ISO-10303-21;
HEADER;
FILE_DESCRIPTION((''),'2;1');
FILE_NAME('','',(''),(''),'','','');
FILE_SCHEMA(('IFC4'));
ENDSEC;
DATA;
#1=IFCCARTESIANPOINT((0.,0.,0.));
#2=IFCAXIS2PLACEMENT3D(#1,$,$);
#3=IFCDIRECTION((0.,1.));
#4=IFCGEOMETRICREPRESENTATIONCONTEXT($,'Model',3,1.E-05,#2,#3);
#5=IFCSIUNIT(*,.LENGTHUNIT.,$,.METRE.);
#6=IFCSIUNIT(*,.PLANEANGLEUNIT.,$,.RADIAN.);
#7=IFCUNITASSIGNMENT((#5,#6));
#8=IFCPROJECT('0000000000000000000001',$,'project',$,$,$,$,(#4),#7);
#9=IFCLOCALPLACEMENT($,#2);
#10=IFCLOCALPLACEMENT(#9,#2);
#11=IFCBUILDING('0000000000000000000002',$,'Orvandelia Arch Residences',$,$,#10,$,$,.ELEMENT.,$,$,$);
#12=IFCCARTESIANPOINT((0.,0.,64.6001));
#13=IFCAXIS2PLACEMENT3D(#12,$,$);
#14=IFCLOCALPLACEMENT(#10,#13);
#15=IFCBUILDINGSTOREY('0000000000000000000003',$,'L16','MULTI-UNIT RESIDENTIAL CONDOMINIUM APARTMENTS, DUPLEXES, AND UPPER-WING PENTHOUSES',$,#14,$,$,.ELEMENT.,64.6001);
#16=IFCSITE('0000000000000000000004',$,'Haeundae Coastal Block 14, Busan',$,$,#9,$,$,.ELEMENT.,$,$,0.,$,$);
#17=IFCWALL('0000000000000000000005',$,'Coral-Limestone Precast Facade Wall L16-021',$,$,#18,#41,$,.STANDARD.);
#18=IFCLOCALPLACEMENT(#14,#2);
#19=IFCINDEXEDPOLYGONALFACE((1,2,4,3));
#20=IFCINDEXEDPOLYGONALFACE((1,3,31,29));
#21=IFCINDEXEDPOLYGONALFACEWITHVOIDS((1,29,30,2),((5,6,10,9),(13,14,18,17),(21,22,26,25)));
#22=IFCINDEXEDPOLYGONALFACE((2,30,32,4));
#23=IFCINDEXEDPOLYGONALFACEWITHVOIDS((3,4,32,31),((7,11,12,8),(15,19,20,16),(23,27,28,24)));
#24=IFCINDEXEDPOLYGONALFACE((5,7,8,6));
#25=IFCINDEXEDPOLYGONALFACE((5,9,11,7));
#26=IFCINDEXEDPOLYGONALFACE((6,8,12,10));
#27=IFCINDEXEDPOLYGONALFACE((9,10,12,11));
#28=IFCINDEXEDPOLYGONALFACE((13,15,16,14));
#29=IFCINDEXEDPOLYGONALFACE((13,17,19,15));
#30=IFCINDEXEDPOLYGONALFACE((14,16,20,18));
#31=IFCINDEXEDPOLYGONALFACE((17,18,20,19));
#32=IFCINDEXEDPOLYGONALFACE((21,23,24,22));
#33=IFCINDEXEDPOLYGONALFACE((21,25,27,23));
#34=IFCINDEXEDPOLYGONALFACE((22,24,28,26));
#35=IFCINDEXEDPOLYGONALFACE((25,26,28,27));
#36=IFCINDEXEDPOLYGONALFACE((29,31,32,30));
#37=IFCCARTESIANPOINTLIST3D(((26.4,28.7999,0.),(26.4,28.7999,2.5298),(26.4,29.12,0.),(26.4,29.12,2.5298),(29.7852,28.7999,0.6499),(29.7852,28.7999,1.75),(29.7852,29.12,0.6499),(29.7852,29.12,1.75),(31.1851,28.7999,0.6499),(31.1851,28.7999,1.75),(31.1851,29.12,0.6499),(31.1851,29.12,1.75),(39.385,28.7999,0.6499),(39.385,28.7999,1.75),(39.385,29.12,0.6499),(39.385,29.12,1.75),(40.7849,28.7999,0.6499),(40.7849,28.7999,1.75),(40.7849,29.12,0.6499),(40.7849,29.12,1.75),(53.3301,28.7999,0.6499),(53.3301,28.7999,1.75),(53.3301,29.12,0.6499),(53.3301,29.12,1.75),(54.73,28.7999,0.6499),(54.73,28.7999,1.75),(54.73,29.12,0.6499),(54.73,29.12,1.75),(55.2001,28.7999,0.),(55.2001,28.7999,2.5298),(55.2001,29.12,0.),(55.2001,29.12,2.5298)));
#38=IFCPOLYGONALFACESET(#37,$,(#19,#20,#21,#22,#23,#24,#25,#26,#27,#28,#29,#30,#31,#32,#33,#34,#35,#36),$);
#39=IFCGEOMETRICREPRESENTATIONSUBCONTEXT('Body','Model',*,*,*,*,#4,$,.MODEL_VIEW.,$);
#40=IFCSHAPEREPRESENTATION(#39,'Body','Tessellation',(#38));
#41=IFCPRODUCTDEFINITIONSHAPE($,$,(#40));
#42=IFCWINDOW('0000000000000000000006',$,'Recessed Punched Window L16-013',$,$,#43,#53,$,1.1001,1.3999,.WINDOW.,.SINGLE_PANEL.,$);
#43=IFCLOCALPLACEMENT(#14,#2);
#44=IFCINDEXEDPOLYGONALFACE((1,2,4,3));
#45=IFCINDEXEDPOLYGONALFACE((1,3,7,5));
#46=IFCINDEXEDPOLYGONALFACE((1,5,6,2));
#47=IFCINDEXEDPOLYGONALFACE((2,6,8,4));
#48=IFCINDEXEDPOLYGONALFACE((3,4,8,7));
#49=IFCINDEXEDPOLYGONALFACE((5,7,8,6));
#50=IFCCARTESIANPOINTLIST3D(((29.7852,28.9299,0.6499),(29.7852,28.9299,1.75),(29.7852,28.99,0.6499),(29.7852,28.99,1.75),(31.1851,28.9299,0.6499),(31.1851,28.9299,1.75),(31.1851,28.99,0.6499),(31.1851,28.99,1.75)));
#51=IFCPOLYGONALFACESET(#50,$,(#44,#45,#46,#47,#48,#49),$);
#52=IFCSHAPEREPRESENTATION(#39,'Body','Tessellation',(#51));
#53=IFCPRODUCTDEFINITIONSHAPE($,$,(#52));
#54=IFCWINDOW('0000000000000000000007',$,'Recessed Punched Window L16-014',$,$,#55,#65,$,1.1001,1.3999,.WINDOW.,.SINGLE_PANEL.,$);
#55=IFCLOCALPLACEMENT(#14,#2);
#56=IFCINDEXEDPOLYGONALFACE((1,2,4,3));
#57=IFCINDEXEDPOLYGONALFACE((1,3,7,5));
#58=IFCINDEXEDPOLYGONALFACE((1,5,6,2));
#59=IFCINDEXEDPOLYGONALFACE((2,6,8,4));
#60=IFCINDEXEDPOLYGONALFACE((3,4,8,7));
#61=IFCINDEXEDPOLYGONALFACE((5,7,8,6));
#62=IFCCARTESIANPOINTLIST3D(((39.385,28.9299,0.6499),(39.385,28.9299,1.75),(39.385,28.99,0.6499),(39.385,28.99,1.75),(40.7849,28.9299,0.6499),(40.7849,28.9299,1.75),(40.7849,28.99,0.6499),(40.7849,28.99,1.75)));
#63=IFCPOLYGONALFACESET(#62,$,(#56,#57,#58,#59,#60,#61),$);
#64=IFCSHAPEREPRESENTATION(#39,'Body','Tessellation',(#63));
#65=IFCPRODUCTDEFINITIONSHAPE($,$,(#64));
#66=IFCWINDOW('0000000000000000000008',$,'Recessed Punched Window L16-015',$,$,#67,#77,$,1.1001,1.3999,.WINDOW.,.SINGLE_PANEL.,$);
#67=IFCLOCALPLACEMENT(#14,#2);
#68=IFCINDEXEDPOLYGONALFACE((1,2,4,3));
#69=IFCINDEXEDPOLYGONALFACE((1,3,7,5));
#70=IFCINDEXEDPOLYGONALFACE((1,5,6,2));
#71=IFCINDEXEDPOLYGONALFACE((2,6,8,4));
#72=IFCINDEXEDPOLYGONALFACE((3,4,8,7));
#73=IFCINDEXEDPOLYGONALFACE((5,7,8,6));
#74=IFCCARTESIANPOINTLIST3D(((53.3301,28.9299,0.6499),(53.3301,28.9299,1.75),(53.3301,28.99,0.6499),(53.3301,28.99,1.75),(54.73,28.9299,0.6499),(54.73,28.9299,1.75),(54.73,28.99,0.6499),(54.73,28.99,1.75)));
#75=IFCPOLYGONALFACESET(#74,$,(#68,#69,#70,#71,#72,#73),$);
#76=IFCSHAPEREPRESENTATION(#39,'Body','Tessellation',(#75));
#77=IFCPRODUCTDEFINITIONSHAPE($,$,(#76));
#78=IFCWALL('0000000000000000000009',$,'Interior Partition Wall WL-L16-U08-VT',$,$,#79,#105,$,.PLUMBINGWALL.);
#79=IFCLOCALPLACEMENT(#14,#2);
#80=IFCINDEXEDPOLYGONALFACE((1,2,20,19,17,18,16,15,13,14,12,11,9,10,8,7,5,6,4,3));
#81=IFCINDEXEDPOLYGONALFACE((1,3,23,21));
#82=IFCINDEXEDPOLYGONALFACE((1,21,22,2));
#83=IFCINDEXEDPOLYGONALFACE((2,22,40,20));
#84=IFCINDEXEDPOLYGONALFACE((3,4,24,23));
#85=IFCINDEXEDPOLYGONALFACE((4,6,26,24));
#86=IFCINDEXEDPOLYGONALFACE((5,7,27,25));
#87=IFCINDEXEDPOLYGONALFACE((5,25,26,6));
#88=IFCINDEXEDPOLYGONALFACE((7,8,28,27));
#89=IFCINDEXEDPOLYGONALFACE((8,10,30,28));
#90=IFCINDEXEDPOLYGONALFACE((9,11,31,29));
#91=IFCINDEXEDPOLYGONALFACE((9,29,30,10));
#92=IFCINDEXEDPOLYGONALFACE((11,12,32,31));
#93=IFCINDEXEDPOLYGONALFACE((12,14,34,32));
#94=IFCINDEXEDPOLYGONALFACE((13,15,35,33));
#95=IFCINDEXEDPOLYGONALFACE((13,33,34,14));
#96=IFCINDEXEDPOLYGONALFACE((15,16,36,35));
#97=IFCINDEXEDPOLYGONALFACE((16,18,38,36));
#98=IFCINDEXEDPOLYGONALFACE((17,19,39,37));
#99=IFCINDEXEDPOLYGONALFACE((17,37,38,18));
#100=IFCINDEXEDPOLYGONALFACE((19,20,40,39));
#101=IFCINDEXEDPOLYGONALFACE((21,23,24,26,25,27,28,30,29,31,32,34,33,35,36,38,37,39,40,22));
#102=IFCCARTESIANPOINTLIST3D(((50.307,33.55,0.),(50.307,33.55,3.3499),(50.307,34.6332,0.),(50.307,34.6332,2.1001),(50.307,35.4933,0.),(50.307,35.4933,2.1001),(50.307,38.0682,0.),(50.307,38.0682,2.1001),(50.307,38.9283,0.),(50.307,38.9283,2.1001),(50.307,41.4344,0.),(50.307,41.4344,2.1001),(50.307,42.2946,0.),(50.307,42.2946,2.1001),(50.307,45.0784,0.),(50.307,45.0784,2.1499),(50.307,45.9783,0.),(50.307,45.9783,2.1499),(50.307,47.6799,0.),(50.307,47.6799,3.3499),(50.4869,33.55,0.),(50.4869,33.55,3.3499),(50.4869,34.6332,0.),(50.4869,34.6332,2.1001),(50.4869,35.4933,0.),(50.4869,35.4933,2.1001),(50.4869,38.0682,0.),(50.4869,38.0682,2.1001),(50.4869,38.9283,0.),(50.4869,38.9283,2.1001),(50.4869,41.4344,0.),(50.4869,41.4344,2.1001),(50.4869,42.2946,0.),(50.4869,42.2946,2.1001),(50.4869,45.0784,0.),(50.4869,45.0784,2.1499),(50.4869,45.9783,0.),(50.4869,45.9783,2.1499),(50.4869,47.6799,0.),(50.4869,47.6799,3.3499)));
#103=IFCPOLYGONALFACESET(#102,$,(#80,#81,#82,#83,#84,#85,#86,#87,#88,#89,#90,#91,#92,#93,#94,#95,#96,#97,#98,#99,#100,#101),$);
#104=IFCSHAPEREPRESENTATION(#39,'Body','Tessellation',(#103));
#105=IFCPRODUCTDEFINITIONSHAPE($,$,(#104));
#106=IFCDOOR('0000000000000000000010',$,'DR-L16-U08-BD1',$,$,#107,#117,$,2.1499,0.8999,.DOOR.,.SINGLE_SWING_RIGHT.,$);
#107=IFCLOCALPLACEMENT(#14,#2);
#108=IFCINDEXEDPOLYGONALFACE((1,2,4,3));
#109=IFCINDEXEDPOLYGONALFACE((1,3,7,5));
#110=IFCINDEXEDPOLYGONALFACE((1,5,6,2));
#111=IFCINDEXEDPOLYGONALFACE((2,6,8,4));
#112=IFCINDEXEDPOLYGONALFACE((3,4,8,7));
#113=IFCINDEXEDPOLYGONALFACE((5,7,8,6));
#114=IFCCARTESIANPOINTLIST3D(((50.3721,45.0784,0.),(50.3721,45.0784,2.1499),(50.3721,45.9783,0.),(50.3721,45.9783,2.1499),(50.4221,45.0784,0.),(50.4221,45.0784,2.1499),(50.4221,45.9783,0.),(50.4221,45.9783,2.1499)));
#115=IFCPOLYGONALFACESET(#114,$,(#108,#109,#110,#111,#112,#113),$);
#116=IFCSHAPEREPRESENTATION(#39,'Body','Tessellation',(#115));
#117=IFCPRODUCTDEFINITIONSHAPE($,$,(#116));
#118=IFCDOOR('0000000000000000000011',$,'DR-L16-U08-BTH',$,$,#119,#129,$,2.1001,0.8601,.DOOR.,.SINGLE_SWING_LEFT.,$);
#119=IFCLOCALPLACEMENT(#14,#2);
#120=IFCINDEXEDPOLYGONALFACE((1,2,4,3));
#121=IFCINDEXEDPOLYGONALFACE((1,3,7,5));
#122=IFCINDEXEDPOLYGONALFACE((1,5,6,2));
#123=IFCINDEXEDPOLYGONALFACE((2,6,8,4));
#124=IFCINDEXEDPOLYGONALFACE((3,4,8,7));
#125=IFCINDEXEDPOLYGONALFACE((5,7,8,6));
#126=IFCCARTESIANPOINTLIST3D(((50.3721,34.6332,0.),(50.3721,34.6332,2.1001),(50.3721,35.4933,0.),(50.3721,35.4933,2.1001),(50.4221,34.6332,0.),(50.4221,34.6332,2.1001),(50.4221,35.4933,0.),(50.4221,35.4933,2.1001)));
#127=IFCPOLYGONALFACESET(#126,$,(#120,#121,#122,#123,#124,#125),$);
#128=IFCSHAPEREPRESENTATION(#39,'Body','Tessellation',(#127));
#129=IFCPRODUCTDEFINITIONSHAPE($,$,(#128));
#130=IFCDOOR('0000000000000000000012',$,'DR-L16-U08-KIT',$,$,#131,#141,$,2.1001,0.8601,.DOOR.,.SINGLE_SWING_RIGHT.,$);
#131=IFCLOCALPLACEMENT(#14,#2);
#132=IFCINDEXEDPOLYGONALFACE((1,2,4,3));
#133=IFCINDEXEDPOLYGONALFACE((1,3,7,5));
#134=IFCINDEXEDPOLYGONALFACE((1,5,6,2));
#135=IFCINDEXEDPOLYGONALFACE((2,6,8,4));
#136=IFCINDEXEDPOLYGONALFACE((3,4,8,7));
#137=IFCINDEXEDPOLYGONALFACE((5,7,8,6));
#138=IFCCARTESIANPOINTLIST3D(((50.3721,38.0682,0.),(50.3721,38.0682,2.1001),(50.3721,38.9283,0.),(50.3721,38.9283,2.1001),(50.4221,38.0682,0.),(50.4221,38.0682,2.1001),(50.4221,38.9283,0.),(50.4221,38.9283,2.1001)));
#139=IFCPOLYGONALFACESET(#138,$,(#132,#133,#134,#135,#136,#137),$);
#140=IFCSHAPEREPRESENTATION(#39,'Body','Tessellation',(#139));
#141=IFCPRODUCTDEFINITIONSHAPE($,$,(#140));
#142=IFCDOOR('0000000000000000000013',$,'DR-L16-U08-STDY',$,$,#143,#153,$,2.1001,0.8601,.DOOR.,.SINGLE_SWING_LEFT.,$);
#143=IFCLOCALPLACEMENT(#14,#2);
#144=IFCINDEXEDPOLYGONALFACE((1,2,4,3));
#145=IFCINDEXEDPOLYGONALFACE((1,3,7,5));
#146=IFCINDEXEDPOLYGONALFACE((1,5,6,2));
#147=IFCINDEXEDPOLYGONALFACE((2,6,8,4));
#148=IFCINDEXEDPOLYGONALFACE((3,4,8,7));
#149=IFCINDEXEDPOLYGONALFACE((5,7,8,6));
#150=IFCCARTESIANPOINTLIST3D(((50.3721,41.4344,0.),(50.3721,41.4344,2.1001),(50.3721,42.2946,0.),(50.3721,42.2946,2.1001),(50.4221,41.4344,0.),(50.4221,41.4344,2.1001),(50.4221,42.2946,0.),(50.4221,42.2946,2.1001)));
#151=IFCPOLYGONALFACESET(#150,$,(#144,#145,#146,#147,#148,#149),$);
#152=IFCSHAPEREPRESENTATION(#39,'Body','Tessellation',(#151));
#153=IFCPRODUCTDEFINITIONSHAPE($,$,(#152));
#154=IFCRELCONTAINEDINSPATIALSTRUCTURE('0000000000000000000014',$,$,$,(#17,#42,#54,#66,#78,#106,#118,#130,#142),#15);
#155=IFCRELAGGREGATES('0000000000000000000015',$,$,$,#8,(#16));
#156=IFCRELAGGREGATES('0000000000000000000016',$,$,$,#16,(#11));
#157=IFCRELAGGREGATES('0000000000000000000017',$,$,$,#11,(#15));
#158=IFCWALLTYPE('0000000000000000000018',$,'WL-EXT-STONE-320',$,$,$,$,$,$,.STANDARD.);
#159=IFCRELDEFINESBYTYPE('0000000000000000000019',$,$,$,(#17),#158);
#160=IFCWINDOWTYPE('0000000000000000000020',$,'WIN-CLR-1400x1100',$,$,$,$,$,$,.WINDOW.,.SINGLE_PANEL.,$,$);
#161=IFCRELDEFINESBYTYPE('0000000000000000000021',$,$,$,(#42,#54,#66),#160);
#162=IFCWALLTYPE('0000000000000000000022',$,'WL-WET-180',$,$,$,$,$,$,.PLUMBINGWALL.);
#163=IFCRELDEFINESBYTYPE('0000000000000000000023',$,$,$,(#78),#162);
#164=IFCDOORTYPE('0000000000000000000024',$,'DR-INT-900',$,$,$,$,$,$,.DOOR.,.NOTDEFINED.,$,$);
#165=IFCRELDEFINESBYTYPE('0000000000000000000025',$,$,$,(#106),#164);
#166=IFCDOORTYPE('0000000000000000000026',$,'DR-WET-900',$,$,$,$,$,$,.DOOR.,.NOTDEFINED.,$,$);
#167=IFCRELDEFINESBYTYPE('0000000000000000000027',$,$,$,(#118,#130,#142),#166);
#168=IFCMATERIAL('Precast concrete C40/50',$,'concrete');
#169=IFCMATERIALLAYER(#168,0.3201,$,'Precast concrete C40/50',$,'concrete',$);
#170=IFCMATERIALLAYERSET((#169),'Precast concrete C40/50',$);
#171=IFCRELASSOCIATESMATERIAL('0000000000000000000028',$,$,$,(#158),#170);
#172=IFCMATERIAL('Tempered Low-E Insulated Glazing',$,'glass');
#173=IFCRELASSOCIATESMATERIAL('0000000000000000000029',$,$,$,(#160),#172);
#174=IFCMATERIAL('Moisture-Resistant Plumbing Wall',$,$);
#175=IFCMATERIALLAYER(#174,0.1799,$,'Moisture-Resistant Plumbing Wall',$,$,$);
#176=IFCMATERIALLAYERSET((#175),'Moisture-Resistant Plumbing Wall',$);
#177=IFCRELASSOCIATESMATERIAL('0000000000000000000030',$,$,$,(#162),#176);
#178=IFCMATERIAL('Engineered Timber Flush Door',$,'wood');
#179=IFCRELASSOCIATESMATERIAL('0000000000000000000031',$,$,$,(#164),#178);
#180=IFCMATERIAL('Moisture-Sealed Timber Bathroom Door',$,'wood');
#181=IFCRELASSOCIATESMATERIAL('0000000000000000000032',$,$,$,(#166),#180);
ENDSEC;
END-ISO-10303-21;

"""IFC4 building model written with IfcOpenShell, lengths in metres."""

from ifc_helpers import new_model, si_unit, direction, frame, frame_2d, origin, place, context, subcontext, project, spatial, rectangle, extrude, material, layer, layer_set, type_object, element, fill, save


model = new_model("IFC4")

# Units and contexts
model_context = context("Model", 3, precision=1e-05, world=origin(), true_north=direction((0.0, 1.0)))
body_context = subcontext(model_context, "Body", "Model", "MODEL_VIEW")
ifc_project = project(units=[si_unit("LENGTHUNIT", "METRE"), si_unit("PLANEANGLEUNIT", "RADIAN")], contexts=[model_context])

# Site, building, storey
site_placement = place(None, origin())
site = spatial("IfcSite", under=ifc_project, at=site_placement, Name="Haeundae Coastal Block 14, Busan", CompositionType="ELEMENT", RefElevation=0.0)
building_placement = place(site_placement, origin())
building = spatial("IfcBuilding", under=site, at=building_placement, Name="Orvandelia Arch Residences", CompositionType="ELEMENT")
storey_placement = place(building_placement, frame((0.0, 0.0, 64.6001)))
storey = spatial("IfcBuildingStorey", under=building, at=storey_placement, Name="L16", Description="MULTI-UNIT RESIDENTIAL CONDOMINIUM APARTMENTS, DUPLEXES, AND UPPER-WING PENTHOUSES", CompositionType="ELEMENT", Elevation=64.6001)

# Shared definitions
ifc_material_1 = material(Name="Precast concrete C40/50", Category="concrete")
ifc_layer_1 = layer(ifc_material_1, 0.3201, Name="Precast concrete C40/50", Category="concrete")
ifc_layer_set_1 = layer_set([ifc_layer_1], Name="Precast concrete C40/50")
wall_type_1 = type_object("IfcWallType", Name="WL-EXT-STONE-320", PredefinedType="STANDARD", material=ifc_layer_set_1)

# Wall, openings, windows
wall_1_placement = place(storey_placement, frame((55.2, 28.96, 0.0), z_axis=(0.0, 0.0, 1.0), x_axis=(-1.0, 0.0, 0.0)))
wall_1 = element("IfcWall", 1, at=wall_1_placement, inside=storey, type_object=wall_type_1, Name="Coral-Limestone Precast Facade Wall L16-021", PredefinedType="STANDARD", context=body_context, shape_type="SweptSolid", body=[
    extrude(rectangle(XDim=28.8, YDim=0.3201, at=frame_2d((14.3999, 0.0))), origin(), (0.0, 0.0, 1.0), 2.5298),
])
opening_1_placement = place(wall_1_placement, frame((24.0149, 0.0, 0.6499)))
opening_1 = element("IfcOpeningElement", 2, at=opening_1_placement, cuts=wall_1, PredefinedType="OPENING", context=body_context, shape_type="SweptSolid", body=[
    extrude(rectangle(XDim=1.3999, YDim=1.1001, at=frame_2d((0.7, 0.55))), frame((0.0, 0.1699, 0.0), z_axis=(0.0, -1.0, 0.0), x_axis=(1.0, 0.0, 0.0)), (0.0, 0.0, 1.0), 0.3401),
])
opening_2_placement = place(wall_1_placement, frame((14.415, 0.0, 0.6499)))
opening_2 = element("IfcOpeningElement", 3, at=opening_2_placement, cuts=wall_1, PredefinedType="OPENING", context=body_context, shape_type="SweptSolid", body=[
    extrude(rectangle(XDim=1.3999, YDim=1.1001, at=frame_2d((0.7, 0.55))), frame((0.0, 0.1699, 0.0), z_axis=(0.0, -1.0, 0.0), x_axis=(1.0, 0.0, 0.0)), (0.0, 0.0, 1.0), 0.3401),
])
opening_3_placement = place(wall_1_placement, frame((0.47, 0.0, 0.6499)))
opening_3 = element("IfcOpeningElement", 4, at=opening_3_placement, cuts=wall_1, PredefinedType="OPENING", context=body_context, shape_type="SweptSolid", body=[
    extrude(rectangle(XDim=1.3999, YDim=1.1001, at=frame_2d((0.7, 0.55))), frame((0.0, 0.1699, 0.0), z_axis=(0.0, -1.0, 0.0), x_axis=(1.0, 0.0, 0.0)), (0.0, 0.0, 1.0), 0.3401),
])
ifc_material_2 = material(Name="Tempered Low-E Insulated Glazing", Category="glass")
window_type = type_object("IfcWindowType", Name="WIN-CLR-1400x1100", PartitioningType="SINGLE_PANEL", PredefinedType="WINDOW", material=ifc_material_2)
window_1_placement = place(opening_1_placement, origin())
window_1 = element("IfcWindow", 5, at=window_1_placement, inside=storey, type_object=window_type, Name="Recessed Punched Window L16-013", OverallHeight=1.1001, OverallWidth=1.3999, PartitioningType="SINGLE_PANEL", PredefinedType="WINDOW", context=body_context, shape_type="SweptSolid", body=[
    extrude(rectangle(XDim=1.3999, YDim=1.1001, at=frame_2d((0.7, 0.55))), frame((0.0, 0.03, 0.0), z_axis=(0.0, -1.0, 0.0), x_axis=(1.0, 0.0, 0.0)), (0.0, 0.0, 1.0), 0.0601),
])
fill(opening_1, window_1)
window_2_placement = place(opening_2_placement, origin())
window_2 = element("IfcWindow", 6, at=window_2_placement, inside=storey, type_object=window_type, Name="Recessed Punched Window L16-014", OverallHeight=1.1001, OverallWidth=1.3999, PartitioningType="SINGLE_PANEL", PredefinedType="WINDOW", context=body_context, shape_type="SweptSolid", body=[
    extrude(rectangle(XDim=1.3999, YDim=1.1001, at=frame_2d((0.7, 0.55))), frame((0.0, 0.03, 0.0), z_axis=(0.0, -1.0, 0.0), x_axis=(1.0, 0.0, 0.0)), (0.0, 0.0, 1.0), 0.0601),
])
fill(opening_2, window_2)
window_3_placement = place(opening_3_placement, origin())
window_3 = element("IfcWindow", 7, at=window_3_placement, inside=storey, type_object=window_type, Name="Recessed Punched Window L16-015", OverallHeight=1.1001, OverallWidth=1.3999, PartitioningType="SINGLE_PANEL", PredefinedType="WINDOW", context=body_context, shape_type="SweptSolid", body=[
    extrude(rectangle(XDim=1.3999, YDim=1.1001, at=frame_2d((0.7, 0.55))), frame((0.0, 0.03, 0.0), z_axis=(0.0, -1.0, 0.0), x_axis=(1.0, 0.0, 0.0)), (0.0, 0.0, 1.0), 0.0601),
])
fill(opening_3, window_3)

# Wall, openings, doors
ifc_material_3 = material(Name="Moisture-Resistant Plumbing Wall")
ifc_layer_2 = layer(ifc_material_3, 0.1799, Name="Moisture-Resistant Plumbing Wall")
ifc_layer_set_2 = layer_set([ifc_layer_2], Name="Moisture-Resistant Plumbing Wall")
wall_type_2 = type_object("IfcWallType", Name="WL-WET-180", PredefinedType="PLUMBINGWALL", material=ifc_layer_set_2)
wall_2_placement = place(storey_placement, frame((50.397, 33.55, 0.0), z_axis=(0.0, 0.0, 1.0), x_axis=(0.0, 1.0, 0.0)))
wall_2 = element("IfcWall", 8, at=wall_2_placement, inside=storey, type_object=wall_type_2, Name="Interior Partition Wall WL-L16-U08-VT", PredefinedType="PLUMBINGWALL", context=body_context, shape_type="SweptSolid", body=[
    extrude(rectangle(XDim=14.1299, YDim=0.1799, at=frame_2d((7.0649, 0.0))), origin(), (0.0, 0.0, 1.0), 3.3499),
])
opening_4_placement = place(wall_2_placement, frame((1.083, 0.0, 0.0)))
opening_4 = element("IfcOpeningElement", 9, at=opening_4_placement, cuts=wall_2, PredefinedType="OPENING", context=body_context, shape_type="SweptSolid", body=[
    extrude(rectangle(XDim=0.8601, YDim=2.1001, at=frame_2d((0.4302, 1.05))), frame((0.0, 0.1001, 0.0), z_axis=(0.0, -1.0, 0.0), x_axis=(1.0, 0.0, 0.0)), (0.0, 0.0, 1.0), 0.2),
])
opening_5_placement = place(wall_2_placement, frame((4.5181, 0.0, 0.0)))
opening_5 = element("IfcOpeningElement", 10, at=opening_5_placement, cuts=wall_2, PredefinedType="OPENING", context=body_context, shape_type="SweptSolid", body=[
    extrude(rectangle(XDim=0.8601, YDim=2.1001, at=frame_2d((0.4302, 1.05))), frame((0.0, 0.1001, 0.0), z_axis=(0.0, -1.0, 0.0), x_axis=(1.0, 0.0, 0.0)), (0.0, 0.0, 1.0), 0.2),
])
opening_6_placement = place(wall_2_placement, frame((7.8843, 0.0, 0.0)))
opening_6 = element("IfcOpeningElement", 11, at=opening_6_placement, cuts=wall_2, PredefinedType="OPENING", context=body_context, shape_type="SweptSolid", body=[
    extrude(rectangle(XDim=0.8601, YDim=2.1001, at=frame_2d((0.4302, 1.05))), frame((0.0, 0.1001, 0.0), z_axis=(0.0, -1.0, 0.0), x_axis=(1.0, 0.0, 0.0)), (0.0, 0.0, 1.0), 0.2),
])
opening_7_placement = place(wall_2_placement, frame((11.5283, 0.0, 0.0)))
opening_7 = element("IfcOpeningElement", 12, at=opening_7_placement, cuts=wall_2, PredefinedType="OPENING", context=body_context, shape_type="SweptSolid", body=[
    extrude(rectangle(XDim=0.8999, YDim=2.1499, at=frame_2d((0.45, 1.075))), frame((0.0, 0.1001, 0.0), z_axis=(0.0, -1.0, 0.0), x_axis=(1.0, 0.0, 0.0)), (0.0, 0.0, 1.0), 0.2),
])
ifc_material_4 = material(Name="Engineered Timber Flush Door", Category="wood")
door_type_1 = type_object("IfcDoorType", Name="DR-INT-900", OperationType="NOTDEFINED", PredefinedType="DOOR", material=ifc_material_4)
door_1_placement = place(opening_7_placement, origin())
door_1 = element("IfcDoor", 13, at=door_1_placement, inside=storey, type_object=door_type_1, Name="DR-L16-U08-BD1", OperationType="SINGLE_SWING_RIGHT", OverallHeight=2.1499, OverallWidth=0.8999, PredefinedType="DOOR", context=body_context, shape_type="SweptSolid", body=[
    extrude(rectangle(XDim=0.8999, YDim=2.1499, at=frame_2d((0.45, 1.075))), frame((0.0, 0.0249, 0.0), z_axis=(0.0, -1.0, 0.0), x_axis=(1.0, 0.0, 0.0)), (0.0, 0.0, 1.0), 0.05),
])
fill(opening_7, door_1)
ifc_material_5 = material(Name="Moisture-Sealed Timber Bathroom Door", Category="wood")
door_type_2 = type_object("IfcDoorType", Name="DR-WET-900", OperationType="NOTDEFINED", PredefinedType="DOOR", material=ifc_material_5)
door_2_placement = place(opening_4_placement, origin())
door_2 = element("IfcDoor", 14, at=door_2_placement, inside=storey, type_object=door_type_2, Name="DR-L16-U08-BTH", OperationType="SINGLE_SWING_LEFT", OverallHeight=2.1001, OverallWidth=0.8601, PredefinedType="DOOR", context=body_context, shape_type="SweptSolid", body=[
    extrude(rectangle(XDim=0.8601, YDim=2.1001, at=frame_2d((0.4302, 1.05))), frame((0.0, 0.0249, 0.0), z_axis=(0.0, -1.0, 0.0), x_axis=(1.0, 0.0, 0.0)), (0.0, 0.0, 1.0), 0.05),
])
fill(opening_4, door_2)
door_3_placement = place(opening_5_placement, origin())
door_3 = element("IfcDoor", 15, at=door_3_placement, inside=storey, type_object=door_type_2, Name="DR-L16-U08-KIT", OperationType="SINGLE_SWING_RIGHT", OverallHeight=2.1001, OverallWidth=0.8601, PredefinedType="DOOR", context=body_context, shape_type="SweptSolid", body=[
    extrude(rectangle(XDim=0.8601, YDim=2.1001, at=frame_2d((0.4302, 1.05))), frame((0.0, 0.0249, 0.0), z_axis=(0.0, -1.0, 0.0), x_axis=(1.0, 0.0, 0.0)), (0.0, 0.0, 1.0), 0.05),
])
fill(opening_5, door_3)
door_4_placement = place(opening_6_placement, origin())
door_4 = element("IfcDoor", 16, at=door_4_placement, inside=storey, type_object=door_type_2, Name="DR-L16-U08-STDY", OperationType="SINGLE_SWING_LEFT", OverallHeight=2.1001, OverallWidth=0.8601, PredefinedType="DOOR", context=body_context, shape_type="SweptSolid", body=[
    extrude(rectangle(XDim=0.8601, YDim=2.1001, at=frame_2d((0.4302, 1.05))), frame((0.0, 0.0249, 0.0), z_axis=(0.0, -1.0, 0.0), x_axis=(1.0, 0.0, 0.0)), (0.0, 0.0, 1.0), 0.05),
])
fill(opening_6, door_4)

save(model, "model.ifc")
